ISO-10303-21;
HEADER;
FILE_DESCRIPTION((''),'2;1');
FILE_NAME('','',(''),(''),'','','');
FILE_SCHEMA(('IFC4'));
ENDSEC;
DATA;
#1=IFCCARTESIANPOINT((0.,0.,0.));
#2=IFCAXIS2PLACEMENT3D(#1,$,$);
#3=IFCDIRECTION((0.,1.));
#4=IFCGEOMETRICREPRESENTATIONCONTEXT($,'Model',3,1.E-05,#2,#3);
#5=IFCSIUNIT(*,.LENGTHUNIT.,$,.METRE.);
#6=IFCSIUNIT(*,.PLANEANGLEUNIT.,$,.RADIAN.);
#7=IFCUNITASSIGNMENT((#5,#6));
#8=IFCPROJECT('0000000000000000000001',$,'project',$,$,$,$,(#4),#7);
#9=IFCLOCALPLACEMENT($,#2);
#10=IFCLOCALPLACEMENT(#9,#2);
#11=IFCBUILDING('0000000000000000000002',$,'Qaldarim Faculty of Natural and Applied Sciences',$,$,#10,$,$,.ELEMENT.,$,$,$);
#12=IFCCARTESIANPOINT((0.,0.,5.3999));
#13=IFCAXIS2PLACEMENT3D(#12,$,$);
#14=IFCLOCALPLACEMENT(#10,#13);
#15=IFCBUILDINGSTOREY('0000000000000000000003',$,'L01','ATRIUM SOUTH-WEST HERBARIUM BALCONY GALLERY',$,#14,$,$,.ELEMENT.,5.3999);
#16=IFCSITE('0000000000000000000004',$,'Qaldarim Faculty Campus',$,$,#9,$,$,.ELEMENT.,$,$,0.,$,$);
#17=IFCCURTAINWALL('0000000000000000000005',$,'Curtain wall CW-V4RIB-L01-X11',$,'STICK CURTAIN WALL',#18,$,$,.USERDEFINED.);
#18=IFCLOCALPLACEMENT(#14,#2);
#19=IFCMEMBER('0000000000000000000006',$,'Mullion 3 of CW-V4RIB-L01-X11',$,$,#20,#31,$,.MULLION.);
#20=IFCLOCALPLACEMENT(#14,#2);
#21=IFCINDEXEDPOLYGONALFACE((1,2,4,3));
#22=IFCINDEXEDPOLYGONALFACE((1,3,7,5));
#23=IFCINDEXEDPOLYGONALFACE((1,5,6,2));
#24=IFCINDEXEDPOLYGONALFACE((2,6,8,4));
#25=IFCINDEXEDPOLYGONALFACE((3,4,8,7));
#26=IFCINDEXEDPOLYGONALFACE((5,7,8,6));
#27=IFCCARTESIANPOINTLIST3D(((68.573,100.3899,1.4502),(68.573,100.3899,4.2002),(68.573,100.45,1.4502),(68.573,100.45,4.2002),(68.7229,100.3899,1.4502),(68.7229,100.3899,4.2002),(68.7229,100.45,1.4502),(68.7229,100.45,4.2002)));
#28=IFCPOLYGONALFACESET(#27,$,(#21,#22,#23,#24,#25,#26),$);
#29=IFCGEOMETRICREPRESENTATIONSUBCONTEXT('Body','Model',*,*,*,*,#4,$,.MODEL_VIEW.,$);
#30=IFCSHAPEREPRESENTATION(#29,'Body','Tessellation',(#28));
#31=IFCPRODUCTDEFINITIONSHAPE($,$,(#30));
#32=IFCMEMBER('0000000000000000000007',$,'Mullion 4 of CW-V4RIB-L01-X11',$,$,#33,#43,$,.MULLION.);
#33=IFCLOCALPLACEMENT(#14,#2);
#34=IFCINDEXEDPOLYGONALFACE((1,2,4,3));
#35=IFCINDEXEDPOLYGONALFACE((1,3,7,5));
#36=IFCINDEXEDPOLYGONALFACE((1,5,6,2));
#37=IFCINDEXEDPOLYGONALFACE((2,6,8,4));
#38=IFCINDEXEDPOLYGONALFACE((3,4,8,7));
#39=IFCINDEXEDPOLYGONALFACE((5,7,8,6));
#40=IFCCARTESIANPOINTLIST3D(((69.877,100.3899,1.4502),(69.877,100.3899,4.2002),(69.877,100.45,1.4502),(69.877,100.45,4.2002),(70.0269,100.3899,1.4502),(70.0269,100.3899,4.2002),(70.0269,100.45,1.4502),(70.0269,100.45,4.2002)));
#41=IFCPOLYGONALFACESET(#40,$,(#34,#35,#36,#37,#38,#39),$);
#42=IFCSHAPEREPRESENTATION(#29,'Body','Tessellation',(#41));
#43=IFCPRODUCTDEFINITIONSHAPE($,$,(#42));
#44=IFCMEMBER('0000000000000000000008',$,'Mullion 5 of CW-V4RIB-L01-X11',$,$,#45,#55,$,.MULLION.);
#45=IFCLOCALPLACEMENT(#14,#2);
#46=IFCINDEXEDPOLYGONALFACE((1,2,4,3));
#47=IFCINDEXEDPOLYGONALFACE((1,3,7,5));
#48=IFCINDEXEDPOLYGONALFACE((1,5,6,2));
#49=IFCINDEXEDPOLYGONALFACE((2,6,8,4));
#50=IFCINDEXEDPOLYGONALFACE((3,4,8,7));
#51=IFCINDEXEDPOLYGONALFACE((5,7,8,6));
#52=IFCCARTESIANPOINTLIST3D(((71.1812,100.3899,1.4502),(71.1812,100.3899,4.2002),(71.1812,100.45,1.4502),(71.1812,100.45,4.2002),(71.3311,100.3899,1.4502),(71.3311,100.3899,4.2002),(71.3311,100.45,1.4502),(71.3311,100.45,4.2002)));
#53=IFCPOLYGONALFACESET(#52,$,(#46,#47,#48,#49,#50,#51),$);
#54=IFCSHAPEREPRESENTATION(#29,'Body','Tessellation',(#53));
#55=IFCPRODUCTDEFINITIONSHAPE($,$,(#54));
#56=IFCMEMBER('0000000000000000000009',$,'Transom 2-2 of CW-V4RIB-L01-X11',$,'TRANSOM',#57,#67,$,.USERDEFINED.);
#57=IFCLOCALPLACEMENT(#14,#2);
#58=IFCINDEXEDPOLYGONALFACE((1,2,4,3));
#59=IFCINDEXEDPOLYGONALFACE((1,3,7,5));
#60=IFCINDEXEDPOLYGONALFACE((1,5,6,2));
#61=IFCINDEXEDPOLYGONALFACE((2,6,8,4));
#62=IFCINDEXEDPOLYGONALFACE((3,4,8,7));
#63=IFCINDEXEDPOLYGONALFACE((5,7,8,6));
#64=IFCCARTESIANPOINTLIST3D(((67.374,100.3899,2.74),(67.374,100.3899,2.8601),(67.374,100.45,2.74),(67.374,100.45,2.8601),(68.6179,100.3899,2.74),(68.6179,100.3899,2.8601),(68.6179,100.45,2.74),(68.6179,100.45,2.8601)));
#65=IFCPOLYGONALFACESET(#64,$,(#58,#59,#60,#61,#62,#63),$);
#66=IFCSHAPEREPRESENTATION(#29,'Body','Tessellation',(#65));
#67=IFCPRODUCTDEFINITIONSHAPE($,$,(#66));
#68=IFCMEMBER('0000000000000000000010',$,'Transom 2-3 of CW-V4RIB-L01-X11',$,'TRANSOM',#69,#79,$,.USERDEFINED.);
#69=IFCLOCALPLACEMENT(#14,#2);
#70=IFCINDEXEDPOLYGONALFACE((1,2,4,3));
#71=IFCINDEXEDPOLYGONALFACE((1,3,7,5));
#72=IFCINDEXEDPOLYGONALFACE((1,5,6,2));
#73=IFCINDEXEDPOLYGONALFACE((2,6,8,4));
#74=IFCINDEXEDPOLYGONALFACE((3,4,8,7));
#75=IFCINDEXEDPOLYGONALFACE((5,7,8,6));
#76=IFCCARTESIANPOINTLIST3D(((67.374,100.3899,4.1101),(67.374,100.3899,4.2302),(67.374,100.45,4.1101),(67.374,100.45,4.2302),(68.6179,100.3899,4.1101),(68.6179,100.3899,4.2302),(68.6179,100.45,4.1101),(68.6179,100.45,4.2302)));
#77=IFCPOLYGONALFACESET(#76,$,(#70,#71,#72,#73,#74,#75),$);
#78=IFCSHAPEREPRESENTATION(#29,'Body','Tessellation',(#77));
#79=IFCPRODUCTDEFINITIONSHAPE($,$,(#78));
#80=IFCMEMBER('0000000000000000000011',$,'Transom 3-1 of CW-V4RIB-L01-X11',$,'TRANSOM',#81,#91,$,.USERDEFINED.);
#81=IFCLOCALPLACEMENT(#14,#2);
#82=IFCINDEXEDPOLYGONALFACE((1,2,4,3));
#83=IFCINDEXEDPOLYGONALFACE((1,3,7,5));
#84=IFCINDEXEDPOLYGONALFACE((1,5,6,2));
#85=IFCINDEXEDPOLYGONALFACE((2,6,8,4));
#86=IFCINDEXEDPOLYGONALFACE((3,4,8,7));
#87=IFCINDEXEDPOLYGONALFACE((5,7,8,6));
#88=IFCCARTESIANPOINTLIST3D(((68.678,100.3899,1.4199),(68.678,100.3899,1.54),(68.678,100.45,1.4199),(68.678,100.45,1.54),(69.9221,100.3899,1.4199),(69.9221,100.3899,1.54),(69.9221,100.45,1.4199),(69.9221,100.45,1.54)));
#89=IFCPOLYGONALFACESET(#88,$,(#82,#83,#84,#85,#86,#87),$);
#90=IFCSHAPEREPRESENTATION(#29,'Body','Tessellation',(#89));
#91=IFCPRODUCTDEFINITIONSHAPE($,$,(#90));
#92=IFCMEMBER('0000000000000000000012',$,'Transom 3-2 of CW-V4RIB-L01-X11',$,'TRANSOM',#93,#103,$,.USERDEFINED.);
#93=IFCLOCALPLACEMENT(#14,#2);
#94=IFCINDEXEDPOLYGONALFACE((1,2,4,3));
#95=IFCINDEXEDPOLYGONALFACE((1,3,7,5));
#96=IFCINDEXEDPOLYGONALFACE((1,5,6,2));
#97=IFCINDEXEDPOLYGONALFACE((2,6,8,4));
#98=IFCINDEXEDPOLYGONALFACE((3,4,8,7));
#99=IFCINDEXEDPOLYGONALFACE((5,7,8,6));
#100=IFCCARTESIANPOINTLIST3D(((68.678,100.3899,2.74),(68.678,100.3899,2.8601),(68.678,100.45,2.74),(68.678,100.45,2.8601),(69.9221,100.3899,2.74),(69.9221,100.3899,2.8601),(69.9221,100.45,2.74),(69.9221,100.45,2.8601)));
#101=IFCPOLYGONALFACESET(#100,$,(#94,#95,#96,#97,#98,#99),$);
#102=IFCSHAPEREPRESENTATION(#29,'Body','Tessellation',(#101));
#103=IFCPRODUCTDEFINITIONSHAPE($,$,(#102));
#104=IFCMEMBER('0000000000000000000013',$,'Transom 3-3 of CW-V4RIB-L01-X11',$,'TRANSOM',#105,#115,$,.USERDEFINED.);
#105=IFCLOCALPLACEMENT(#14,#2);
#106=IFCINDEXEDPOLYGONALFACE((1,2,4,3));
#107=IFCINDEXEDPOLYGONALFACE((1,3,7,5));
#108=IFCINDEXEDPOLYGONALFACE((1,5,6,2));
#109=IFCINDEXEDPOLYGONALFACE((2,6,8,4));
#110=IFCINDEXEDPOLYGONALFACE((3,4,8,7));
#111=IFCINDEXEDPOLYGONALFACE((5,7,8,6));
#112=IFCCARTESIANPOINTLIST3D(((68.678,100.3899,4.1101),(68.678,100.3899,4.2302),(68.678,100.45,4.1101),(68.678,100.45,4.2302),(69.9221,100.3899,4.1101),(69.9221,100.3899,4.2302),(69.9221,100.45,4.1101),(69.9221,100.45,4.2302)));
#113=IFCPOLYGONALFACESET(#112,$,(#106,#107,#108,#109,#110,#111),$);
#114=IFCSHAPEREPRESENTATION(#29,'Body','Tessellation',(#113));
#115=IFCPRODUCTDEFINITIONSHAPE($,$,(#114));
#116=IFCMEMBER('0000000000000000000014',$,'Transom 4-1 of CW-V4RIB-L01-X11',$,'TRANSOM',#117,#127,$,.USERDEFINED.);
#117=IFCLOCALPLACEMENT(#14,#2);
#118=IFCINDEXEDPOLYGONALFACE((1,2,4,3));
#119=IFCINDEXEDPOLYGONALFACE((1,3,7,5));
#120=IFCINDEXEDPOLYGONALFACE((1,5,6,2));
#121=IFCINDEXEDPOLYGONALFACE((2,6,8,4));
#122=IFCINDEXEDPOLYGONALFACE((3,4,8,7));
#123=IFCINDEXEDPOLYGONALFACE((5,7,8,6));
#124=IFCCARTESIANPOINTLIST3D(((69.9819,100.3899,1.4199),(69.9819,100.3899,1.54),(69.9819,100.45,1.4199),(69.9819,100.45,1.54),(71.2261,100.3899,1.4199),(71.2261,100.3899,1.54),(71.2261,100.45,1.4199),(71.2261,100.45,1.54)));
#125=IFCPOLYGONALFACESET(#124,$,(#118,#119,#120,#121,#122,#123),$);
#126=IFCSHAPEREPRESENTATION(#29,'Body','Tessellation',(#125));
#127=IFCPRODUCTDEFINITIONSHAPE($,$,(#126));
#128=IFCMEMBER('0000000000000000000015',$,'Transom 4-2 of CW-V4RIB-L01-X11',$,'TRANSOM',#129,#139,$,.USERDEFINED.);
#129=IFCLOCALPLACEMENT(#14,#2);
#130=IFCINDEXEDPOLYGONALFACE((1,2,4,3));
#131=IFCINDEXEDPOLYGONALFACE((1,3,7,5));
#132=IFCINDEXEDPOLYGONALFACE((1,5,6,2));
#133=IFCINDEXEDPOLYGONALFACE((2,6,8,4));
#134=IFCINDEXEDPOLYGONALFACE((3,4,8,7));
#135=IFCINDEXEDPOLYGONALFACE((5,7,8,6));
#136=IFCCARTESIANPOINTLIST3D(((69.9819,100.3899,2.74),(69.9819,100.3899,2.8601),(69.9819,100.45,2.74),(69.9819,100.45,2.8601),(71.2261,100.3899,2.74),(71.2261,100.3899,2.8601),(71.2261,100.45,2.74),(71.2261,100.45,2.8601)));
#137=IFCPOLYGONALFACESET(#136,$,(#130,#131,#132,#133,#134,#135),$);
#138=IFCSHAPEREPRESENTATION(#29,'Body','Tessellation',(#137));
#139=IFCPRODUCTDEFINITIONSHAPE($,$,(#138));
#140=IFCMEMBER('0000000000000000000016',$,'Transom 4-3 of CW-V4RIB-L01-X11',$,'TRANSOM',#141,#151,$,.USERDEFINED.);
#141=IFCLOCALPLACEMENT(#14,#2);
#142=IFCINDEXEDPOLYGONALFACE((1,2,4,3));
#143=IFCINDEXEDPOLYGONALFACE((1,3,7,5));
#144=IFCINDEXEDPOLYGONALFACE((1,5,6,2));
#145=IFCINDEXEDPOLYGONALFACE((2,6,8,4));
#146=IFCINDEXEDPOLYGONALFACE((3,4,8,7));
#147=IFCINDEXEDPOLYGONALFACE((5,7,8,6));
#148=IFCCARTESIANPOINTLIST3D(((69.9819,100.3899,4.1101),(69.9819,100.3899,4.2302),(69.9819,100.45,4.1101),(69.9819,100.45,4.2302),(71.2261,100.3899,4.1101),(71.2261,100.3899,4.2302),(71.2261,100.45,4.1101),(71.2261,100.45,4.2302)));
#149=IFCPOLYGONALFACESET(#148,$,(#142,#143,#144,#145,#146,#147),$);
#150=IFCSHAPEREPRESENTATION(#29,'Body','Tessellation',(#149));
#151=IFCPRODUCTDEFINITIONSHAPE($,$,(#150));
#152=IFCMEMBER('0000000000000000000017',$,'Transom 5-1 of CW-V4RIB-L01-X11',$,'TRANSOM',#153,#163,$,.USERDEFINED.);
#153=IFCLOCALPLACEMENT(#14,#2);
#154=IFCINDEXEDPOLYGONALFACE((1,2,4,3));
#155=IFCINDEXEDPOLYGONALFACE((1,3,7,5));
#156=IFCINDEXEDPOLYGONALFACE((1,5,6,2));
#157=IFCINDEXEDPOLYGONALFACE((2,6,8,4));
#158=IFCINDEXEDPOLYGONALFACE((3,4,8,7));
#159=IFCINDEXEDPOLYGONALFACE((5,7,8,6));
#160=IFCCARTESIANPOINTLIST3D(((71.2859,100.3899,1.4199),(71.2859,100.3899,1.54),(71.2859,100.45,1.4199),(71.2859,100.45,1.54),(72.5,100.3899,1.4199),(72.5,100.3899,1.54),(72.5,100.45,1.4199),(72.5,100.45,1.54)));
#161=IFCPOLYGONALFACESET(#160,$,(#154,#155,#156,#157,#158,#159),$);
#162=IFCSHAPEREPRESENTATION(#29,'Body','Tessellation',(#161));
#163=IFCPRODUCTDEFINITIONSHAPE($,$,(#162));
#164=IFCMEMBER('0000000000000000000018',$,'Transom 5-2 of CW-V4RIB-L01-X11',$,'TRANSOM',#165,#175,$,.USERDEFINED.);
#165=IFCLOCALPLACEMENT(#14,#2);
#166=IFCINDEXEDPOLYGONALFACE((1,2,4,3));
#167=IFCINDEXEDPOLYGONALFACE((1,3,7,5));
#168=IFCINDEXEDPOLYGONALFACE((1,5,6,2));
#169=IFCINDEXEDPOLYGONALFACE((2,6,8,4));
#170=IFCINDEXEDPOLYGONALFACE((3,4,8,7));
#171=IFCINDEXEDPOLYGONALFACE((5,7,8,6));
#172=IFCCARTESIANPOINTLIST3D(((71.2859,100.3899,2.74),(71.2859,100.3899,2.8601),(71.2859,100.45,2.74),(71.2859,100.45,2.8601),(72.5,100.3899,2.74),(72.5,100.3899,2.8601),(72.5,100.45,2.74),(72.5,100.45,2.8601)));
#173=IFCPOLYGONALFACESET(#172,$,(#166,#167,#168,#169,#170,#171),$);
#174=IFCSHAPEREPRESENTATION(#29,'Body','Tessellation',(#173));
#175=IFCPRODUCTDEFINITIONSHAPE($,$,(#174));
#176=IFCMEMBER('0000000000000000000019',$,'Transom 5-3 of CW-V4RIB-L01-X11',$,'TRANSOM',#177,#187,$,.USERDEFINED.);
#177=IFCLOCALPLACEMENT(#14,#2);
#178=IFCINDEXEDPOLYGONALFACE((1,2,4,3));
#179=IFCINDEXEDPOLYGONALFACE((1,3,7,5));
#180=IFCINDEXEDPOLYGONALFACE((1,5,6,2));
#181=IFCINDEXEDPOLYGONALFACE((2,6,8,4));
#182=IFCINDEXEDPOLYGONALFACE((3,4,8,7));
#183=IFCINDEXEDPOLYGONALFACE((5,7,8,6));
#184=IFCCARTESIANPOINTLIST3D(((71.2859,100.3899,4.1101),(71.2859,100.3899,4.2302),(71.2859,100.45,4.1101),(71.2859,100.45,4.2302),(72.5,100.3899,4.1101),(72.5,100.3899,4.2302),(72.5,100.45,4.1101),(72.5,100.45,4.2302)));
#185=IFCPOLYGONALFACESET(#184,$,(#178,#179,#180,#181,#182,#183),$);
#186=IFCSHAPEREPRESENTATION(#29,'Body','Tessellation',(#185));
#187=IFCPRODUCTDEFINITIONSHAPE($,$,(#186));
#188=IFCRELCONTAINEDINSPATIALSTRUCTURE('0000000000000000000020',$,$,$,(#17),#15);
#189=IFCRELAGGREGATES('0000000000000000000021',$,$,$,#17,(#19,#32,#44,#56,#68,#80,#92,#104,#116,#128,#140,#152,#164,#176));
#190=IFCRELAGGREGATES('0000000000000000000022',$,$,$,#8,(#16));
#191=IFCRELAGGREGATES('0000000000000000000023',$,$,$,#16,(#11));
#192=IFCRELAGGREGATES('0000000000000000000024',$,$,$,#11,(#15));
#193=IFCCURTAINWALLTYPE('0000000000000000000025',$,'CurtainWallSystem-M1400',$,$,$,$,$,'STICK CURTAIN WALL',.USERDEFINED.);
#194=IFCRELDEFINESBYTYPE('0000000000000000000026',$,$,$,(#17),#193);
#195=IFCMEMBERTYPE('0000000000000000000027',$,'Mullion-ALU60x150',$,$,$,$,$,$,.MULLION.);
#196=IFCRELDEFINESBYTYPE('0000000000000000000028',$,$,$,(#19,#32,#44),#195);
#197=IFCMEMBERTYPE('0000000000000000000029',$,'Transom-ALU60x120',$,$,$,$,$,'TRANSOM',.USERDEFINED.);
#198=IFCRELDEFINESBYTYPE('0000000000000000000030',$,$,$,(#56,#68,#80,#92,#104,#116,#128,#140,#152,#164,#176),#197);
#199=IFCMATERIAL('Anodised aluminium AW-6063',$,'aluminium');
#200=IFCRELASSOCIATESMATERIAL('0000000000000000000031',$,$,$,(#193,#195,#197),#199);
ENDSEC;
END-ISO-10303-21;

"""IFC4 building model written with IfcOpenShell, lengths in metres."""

from ifc_helpers import new_model, si_unit, direction, frame, origin, origin_2d, place, context, subcontext, project, spatial, rectangle, extrude, material, material_profile, profile_set, type_object, element, aggregate, save


model = new_model("IFC4")

# Units and contexts
model_context = context("Model", 3, precision=1e-05, world=origin(), true_north=direction((0.0, 1.0)))
body_context = subcontext(model_context, "Body", "Model", "MODEL_VIEW")
ifc_project = project(units=[si_unit("LENGTHUNIT", "METRE"), si_unit("PLANEANGLEUNIT", "RADIAN")], contexts=[model_context])

# Site, building, storey
site_placement = place(None, origin())
site = spatial("IfcSite", under=ifc_project, at=site_placement, Name="Qaldarim Faculty Campus", CompositionType="ELEMENT", RefElevation=0.0)
building_placement = place(site_placement, origin())
building = spatial("IfcBuilding", under=site, at=building_placement, Name="Qaldarim Faculty of Natural and Applied Sciences", CompositionType="ELEMENT")
storey_placement = place(building_placement, frame((0.0, 0.0, 5.3999)))
storey = spatial("IfcBuildingStorey", under=building, at=storey_placement, Name="L01", Description="ATRIUM SOUTH-WEST HERBARIUM BALCONY GALLERY", CompositionType="ELEMENT", Elevation=5.3999)

# Curtain wall, members
ifc_material_1 = material(Name="Anodised aluminium AW-6063", Category="aluminium")
curtain_wall_type = type_object("IfcCurtainWallType", Name="CurtainWallSystem-M1400", ElementType="STICK CURTAIN WALL", PredefinedType="USERDEFINED", material=ifc_material_1)
curtain_wall_placement = place(storey_placement, origin())
curtain_wall = element("IfcCurtainWall", 1, at=curtain_wall_placement, inside=storey, type_object=curtain_wall_type, Name="Curtain wall CW-V4RIB-L01-X11", ObjectType="STICK CURTAIN WALL", PredefinedType="USERDEFINED")
ifc_material_profile_1 = material_profile(ifc_material_1, rectangle(XDim=0.0601, YDim=0.1499, at=origin_2d()), Name="ALU-M60x150")
ifc_profile_set_1 = profile_set([ifc_material_profile_1], Name="Anodised aluminium AW-6063")
member_type_1 = type_object("IfcMemberType", Name="Mullion-ALU60x150", PredefinedType="MULLION", material=ifc_profile_set_1)
member_1_placement = place(storey_placement, frame((68.6479, 100.4199, 1.4502), z_axis=(0.0, 0.0, 1.0), x_axis=(0.0, 1.0, 0.0)))
member_1 = element("IfcMember", 2, at=member_1_placement, type_object=member_type_1, Name="Mullion 3 of CW-V4RIB-L01-X11", PredefinedType="MULLION", context=body_context, shape_type="SweptSolid", body=[
    extrude(rectangle(XDim=0.0601, YDim=0.1499, at=origin_2d()), origin(), (0.0, 0.0, 1.0), 2.75),
])
member_2_placement = place(storey_placement, frame((69.9519, 100.4199, 1.4502), z_axis=(0.0, 0.0, 1.0), x_axis=(0.0, 1.0, 0.0)))
member_2 = element("IfcMember", 3, at=member_2_placement, type_object=member_type_1, Name="Mullion 4 of CW-V4RIB-L01-X11", PredefinedType="MULLION", context=body_context, shape_type="SweptSolid", body=[
    extrude(rectangle(XDim=0.0601, YDim=0.1499, at=origin_2d()), origin(), (0.0, 0.0, 1.0), 2.75),
])
member_3_placement = place(storey_placement, frame((71.2561, 100.4199, 1.4502), z_axis=(0.0, 0.0, 1.0), x_axis=(0.0, 1.0, 0.0)))
member_3 = element("IfcMember", 4, at=member_3_placement, type_object=member_type_1, Name="Mullion 5 of CW-V4RIB-L01-X11", PredefinedType="MULLION", context=body_context, shape_type="SweptSolid", body=[
    extrude(rectangle(XDim=0.0601, YDim=0.1499, at=origin_2d()), origin(), (0.0, 0.0, 1.0), 2.75),
])
ifc_material_profile_2 = material_profile(ifc_material_1, rectangle(XDim=0.0601, YDim=0.1201, at=origin_2d()), Name="ALU-T60x120")
ifc_profile_set_2 = profile_set([ifc_material_profile_2], Name="Anodised aluminium AW-6063")
member_type_2 = type_object("IfcMemberType", Name="Transom-ALU60x120", ElementType="TRANSOM", PredefinedType="USERDEFINED", material=ifc_profile_set_2)
member_4_placement = place(storey_placement, frame((67.374, 100.4199, 2.8), z_axis=(1.0, 0.0, 0.0), x_axis=(0.0, 1.0, 0.0)))
member_4 = element("IfcMember", 5, at=member_4_placement, type_object=member_type_2, Name="Transom 2-2 of CW-V4RIB-L01-X11", ObjectType="TRANSOM", PredefinedType="USERDEFINED", context=body_context, shape_type="SweptSolid", body=[
    extrude(rectangle(XDim=0.0601, YDim=0.1201, at=origin_2d()), origin(), (0.0, 0.0, 1.0), 1.2439),
])
member_5_placement = place(storey_placement, frame((67.374, 100.4199, 4.1702), z_axis=(1.0, 0.0, 0.0), x_axis=(0.0, 1.0, 0.0)))
member_5 = element("IfcMember", 6, at=member_5_placement, type_object=member_type_2, Name="Transom 2-3 of CW-V4RIB-L01-X11", ObjectType="TRANSOM", PredefinedType="USERDEFINED", context=body_context, shape_type="SweptSolid", body=[
    extrude(rectangle(XDim=0.0601, YDim=0.1201, at=origin_2d()), origin(), (0.0, 0.0, 1.0), 1.2439),
])
member_6_placement = place(storey_placement, frame((68.678, 100.4199, 1.48), z_axis=(1.0, 0.0, 0.0), x_axis=(0.0, 1.0, 0.0)))
member_6 = element("IfcMember", 7, at=member_6_placement, type_object=member_type_2, Name="Transom 3-1 of CW-V4RIB-L01-X11", ObjectType="TRANSOM", PredefinedType="USERDEFINED", context=body_context, shape_type="SweptSolid", body=[
    extrude(rectangle(XDim=0.0601, YDim=0.1201, at=origin_2d()), origin(), (0.0, 0.0, 1.0), 1.2441),
])
member_7_placement = place(storey_placement, frame((68.678, 100.4199, 2.8), z_axis=(1.0, 0.0, 0.0), x_axis=(0.0, 1.0, 0.0)))
member_7 = element("IfcMember", 8, at=member_7_placement, type_object=member_type_2, Name="Transom 3-2 of CW-V4RIB-L01-X11", ObjectType="TRANSOM", PredefinedType="USERDEFINED", context=body_context, shape_type="SweptSolid", body=[
    extrude(rectangle(XDim=0.0601, YDim=0.1201, at=origin_2d()), origin(), (0.0, 0.0, 1.0), 1.2441),
])
member_8_placement = place(storey_placement, frame((68.678, 100.4199, 4.1702), z_axis=(1.0, 0.0, 0.0), x_axis=(0.0, 1.0, 0.0)))
member_8 = element("IfcMember", 9, at=member_8_placement, type_object=member_type_2, Name="Transom 3-3 of CW-V4RIB-L01-X11", ObjectType="TRANSOM", PredefinedType="USERDEFINED", context=body_context, shape_type="SweptSolid", body=[
    extrude(rectangle(XDim=0.0601, YDim=0.1201, at=origin_2d()), origin(), (0.0, 0.0, 1.0), 1.2441),
])
member_9_placement = place(storey_placement, frame((69.9819, 100.4199, 1.48), z_axis=(1.0, 0.0, 0.0), x_axis=(0.0, 1.0, 0.0)))
member_9 = element("IfcMember", 10, at=member_9_placement, type_object=member_type_2, Name="Transom 4-1 of CW-V4RIB-L01-X11", ObjectType="TRANSOM", PredefinedType="USERDEFINED", context=body_context, shape_type="SweptSolid", body=[
    extrude(rectangle(XDim=0.0601, YDim=0.1201, at=origin_2d()), origin(), (0.0, 0.0, 1.0), 1.2441),
])
member_10_placement = place(storey_placement, frame((69.9819, 100.4199, 2.8), z_axis=(1.0, 0.0, 0.0), x_axis=(0.0, 1.0, 0.0)))
member_10 = element("IfcMember", 11, at=member_10_placement, type_object=member_type_2, Name="Transom 4-2 of CW-V4RIB-L01-X11", ObjectType="TRANSOM", PredefinedType="USERDEFINED", context=body_context, shape_type="SweptSolid", body=[
    extrude(rectangle(XDim=0.0601, YDim=0.1201, at=origin_2d()), origin(), (0.0, 0.0, 1.0), 1.2441),
])
member_11_placement = place(storey_placement, frame((69.9819, 100.4199, 4.1702), z_axis=(1.0, 0.0, 0.0), x_axis=(0.0, 1.0, 0.0)))
member_11 = element("IfcMember", 12, at=member_11_placement, type_object=member_type_2, Name="Transom 4-3 of CW-V4RIB-L01-X11", ObjectType="TRANSOM", PredefinedType="USERDEFINED", context=body_context, shape_type="SweptSolid", body=[
    extrude(rectangle(XDim=0.0601, YDim=0.1201, at=origin_2d()), origin(), (0.0, 0.0, 1.0), 1.2441),
])
member_12_placement = place(storey_placement, frame((71.2859, 100.4199, 1.48), z_axis=(1.0, 0.0, 0.0), x_axis=(0.0, 1.0, 0.0)))
member_12 = element("IfcMember", 13, at=member_12_placement, type_object=member_type_2, Name="Transom 5-1 of CW-V4RIB-L01-X11", ObjectType="TRANSOM", PredefinedType="USERDEFINED", context=body_context, shape_type="SweptSolid", body=[
    extrude(rectangle(XDim=0.0601, YDim=0.1201, at=origin_2d()), origin(), (0.0, 0.0, 1.0), 1.2141),
])
member_13_placement = place(storey_placement, frame((71.2859, 100.4199, 2.8), z_axis=(1.0, 0.0, 0.0), x_axis=(0.0, 1.0, 0.0)))
member_13 = element("IfcMember", 14, at=member_13_placement, type_object=member_type_2, Name="Transom 5-2 of CW-V4RIB-L01-X11", ObjectType="TRANSOM", PredefinedType="USERDEFINED", context=body_context, shape_type="SweptSolid", body=[
    extrude(rectangle(XDim=0.0601, YDim=0.1201, at=origin_2d()), origin(), (0.0, 0.0, 1.0), 1.2141),
])
member_14_placement = place(storey_placement, frame((71.2859, 100.4199, 4.1702), z_axis=(1.0, 0.0, 0.0), x_axis=(0.0, 1.0, 0.0)))
member_14 = element("IfcMember", 15, at=member_14_placement, type_object=member_type_2, Name="Transom 5-3 of CW-V4RIB-L01-X11", ObjectType="TRANSOM", PredefinedType="USERDEFINED", context=body_context, shape_type="SweptSolid", body=[
    extrude(rectangle(XDim=0.0601, YDim=0.1201, at=origin_2d()), origin(), (0.0, 0.0, 1.0), 1.2141),
])
aggregate(curtain_wall, [member_1, member_2, member_3, member_4, member_5, member_6, member_7, member_8, member_9, member_10, member_11, member_12, member_13, member_14])

save(model, "model.ifc")
